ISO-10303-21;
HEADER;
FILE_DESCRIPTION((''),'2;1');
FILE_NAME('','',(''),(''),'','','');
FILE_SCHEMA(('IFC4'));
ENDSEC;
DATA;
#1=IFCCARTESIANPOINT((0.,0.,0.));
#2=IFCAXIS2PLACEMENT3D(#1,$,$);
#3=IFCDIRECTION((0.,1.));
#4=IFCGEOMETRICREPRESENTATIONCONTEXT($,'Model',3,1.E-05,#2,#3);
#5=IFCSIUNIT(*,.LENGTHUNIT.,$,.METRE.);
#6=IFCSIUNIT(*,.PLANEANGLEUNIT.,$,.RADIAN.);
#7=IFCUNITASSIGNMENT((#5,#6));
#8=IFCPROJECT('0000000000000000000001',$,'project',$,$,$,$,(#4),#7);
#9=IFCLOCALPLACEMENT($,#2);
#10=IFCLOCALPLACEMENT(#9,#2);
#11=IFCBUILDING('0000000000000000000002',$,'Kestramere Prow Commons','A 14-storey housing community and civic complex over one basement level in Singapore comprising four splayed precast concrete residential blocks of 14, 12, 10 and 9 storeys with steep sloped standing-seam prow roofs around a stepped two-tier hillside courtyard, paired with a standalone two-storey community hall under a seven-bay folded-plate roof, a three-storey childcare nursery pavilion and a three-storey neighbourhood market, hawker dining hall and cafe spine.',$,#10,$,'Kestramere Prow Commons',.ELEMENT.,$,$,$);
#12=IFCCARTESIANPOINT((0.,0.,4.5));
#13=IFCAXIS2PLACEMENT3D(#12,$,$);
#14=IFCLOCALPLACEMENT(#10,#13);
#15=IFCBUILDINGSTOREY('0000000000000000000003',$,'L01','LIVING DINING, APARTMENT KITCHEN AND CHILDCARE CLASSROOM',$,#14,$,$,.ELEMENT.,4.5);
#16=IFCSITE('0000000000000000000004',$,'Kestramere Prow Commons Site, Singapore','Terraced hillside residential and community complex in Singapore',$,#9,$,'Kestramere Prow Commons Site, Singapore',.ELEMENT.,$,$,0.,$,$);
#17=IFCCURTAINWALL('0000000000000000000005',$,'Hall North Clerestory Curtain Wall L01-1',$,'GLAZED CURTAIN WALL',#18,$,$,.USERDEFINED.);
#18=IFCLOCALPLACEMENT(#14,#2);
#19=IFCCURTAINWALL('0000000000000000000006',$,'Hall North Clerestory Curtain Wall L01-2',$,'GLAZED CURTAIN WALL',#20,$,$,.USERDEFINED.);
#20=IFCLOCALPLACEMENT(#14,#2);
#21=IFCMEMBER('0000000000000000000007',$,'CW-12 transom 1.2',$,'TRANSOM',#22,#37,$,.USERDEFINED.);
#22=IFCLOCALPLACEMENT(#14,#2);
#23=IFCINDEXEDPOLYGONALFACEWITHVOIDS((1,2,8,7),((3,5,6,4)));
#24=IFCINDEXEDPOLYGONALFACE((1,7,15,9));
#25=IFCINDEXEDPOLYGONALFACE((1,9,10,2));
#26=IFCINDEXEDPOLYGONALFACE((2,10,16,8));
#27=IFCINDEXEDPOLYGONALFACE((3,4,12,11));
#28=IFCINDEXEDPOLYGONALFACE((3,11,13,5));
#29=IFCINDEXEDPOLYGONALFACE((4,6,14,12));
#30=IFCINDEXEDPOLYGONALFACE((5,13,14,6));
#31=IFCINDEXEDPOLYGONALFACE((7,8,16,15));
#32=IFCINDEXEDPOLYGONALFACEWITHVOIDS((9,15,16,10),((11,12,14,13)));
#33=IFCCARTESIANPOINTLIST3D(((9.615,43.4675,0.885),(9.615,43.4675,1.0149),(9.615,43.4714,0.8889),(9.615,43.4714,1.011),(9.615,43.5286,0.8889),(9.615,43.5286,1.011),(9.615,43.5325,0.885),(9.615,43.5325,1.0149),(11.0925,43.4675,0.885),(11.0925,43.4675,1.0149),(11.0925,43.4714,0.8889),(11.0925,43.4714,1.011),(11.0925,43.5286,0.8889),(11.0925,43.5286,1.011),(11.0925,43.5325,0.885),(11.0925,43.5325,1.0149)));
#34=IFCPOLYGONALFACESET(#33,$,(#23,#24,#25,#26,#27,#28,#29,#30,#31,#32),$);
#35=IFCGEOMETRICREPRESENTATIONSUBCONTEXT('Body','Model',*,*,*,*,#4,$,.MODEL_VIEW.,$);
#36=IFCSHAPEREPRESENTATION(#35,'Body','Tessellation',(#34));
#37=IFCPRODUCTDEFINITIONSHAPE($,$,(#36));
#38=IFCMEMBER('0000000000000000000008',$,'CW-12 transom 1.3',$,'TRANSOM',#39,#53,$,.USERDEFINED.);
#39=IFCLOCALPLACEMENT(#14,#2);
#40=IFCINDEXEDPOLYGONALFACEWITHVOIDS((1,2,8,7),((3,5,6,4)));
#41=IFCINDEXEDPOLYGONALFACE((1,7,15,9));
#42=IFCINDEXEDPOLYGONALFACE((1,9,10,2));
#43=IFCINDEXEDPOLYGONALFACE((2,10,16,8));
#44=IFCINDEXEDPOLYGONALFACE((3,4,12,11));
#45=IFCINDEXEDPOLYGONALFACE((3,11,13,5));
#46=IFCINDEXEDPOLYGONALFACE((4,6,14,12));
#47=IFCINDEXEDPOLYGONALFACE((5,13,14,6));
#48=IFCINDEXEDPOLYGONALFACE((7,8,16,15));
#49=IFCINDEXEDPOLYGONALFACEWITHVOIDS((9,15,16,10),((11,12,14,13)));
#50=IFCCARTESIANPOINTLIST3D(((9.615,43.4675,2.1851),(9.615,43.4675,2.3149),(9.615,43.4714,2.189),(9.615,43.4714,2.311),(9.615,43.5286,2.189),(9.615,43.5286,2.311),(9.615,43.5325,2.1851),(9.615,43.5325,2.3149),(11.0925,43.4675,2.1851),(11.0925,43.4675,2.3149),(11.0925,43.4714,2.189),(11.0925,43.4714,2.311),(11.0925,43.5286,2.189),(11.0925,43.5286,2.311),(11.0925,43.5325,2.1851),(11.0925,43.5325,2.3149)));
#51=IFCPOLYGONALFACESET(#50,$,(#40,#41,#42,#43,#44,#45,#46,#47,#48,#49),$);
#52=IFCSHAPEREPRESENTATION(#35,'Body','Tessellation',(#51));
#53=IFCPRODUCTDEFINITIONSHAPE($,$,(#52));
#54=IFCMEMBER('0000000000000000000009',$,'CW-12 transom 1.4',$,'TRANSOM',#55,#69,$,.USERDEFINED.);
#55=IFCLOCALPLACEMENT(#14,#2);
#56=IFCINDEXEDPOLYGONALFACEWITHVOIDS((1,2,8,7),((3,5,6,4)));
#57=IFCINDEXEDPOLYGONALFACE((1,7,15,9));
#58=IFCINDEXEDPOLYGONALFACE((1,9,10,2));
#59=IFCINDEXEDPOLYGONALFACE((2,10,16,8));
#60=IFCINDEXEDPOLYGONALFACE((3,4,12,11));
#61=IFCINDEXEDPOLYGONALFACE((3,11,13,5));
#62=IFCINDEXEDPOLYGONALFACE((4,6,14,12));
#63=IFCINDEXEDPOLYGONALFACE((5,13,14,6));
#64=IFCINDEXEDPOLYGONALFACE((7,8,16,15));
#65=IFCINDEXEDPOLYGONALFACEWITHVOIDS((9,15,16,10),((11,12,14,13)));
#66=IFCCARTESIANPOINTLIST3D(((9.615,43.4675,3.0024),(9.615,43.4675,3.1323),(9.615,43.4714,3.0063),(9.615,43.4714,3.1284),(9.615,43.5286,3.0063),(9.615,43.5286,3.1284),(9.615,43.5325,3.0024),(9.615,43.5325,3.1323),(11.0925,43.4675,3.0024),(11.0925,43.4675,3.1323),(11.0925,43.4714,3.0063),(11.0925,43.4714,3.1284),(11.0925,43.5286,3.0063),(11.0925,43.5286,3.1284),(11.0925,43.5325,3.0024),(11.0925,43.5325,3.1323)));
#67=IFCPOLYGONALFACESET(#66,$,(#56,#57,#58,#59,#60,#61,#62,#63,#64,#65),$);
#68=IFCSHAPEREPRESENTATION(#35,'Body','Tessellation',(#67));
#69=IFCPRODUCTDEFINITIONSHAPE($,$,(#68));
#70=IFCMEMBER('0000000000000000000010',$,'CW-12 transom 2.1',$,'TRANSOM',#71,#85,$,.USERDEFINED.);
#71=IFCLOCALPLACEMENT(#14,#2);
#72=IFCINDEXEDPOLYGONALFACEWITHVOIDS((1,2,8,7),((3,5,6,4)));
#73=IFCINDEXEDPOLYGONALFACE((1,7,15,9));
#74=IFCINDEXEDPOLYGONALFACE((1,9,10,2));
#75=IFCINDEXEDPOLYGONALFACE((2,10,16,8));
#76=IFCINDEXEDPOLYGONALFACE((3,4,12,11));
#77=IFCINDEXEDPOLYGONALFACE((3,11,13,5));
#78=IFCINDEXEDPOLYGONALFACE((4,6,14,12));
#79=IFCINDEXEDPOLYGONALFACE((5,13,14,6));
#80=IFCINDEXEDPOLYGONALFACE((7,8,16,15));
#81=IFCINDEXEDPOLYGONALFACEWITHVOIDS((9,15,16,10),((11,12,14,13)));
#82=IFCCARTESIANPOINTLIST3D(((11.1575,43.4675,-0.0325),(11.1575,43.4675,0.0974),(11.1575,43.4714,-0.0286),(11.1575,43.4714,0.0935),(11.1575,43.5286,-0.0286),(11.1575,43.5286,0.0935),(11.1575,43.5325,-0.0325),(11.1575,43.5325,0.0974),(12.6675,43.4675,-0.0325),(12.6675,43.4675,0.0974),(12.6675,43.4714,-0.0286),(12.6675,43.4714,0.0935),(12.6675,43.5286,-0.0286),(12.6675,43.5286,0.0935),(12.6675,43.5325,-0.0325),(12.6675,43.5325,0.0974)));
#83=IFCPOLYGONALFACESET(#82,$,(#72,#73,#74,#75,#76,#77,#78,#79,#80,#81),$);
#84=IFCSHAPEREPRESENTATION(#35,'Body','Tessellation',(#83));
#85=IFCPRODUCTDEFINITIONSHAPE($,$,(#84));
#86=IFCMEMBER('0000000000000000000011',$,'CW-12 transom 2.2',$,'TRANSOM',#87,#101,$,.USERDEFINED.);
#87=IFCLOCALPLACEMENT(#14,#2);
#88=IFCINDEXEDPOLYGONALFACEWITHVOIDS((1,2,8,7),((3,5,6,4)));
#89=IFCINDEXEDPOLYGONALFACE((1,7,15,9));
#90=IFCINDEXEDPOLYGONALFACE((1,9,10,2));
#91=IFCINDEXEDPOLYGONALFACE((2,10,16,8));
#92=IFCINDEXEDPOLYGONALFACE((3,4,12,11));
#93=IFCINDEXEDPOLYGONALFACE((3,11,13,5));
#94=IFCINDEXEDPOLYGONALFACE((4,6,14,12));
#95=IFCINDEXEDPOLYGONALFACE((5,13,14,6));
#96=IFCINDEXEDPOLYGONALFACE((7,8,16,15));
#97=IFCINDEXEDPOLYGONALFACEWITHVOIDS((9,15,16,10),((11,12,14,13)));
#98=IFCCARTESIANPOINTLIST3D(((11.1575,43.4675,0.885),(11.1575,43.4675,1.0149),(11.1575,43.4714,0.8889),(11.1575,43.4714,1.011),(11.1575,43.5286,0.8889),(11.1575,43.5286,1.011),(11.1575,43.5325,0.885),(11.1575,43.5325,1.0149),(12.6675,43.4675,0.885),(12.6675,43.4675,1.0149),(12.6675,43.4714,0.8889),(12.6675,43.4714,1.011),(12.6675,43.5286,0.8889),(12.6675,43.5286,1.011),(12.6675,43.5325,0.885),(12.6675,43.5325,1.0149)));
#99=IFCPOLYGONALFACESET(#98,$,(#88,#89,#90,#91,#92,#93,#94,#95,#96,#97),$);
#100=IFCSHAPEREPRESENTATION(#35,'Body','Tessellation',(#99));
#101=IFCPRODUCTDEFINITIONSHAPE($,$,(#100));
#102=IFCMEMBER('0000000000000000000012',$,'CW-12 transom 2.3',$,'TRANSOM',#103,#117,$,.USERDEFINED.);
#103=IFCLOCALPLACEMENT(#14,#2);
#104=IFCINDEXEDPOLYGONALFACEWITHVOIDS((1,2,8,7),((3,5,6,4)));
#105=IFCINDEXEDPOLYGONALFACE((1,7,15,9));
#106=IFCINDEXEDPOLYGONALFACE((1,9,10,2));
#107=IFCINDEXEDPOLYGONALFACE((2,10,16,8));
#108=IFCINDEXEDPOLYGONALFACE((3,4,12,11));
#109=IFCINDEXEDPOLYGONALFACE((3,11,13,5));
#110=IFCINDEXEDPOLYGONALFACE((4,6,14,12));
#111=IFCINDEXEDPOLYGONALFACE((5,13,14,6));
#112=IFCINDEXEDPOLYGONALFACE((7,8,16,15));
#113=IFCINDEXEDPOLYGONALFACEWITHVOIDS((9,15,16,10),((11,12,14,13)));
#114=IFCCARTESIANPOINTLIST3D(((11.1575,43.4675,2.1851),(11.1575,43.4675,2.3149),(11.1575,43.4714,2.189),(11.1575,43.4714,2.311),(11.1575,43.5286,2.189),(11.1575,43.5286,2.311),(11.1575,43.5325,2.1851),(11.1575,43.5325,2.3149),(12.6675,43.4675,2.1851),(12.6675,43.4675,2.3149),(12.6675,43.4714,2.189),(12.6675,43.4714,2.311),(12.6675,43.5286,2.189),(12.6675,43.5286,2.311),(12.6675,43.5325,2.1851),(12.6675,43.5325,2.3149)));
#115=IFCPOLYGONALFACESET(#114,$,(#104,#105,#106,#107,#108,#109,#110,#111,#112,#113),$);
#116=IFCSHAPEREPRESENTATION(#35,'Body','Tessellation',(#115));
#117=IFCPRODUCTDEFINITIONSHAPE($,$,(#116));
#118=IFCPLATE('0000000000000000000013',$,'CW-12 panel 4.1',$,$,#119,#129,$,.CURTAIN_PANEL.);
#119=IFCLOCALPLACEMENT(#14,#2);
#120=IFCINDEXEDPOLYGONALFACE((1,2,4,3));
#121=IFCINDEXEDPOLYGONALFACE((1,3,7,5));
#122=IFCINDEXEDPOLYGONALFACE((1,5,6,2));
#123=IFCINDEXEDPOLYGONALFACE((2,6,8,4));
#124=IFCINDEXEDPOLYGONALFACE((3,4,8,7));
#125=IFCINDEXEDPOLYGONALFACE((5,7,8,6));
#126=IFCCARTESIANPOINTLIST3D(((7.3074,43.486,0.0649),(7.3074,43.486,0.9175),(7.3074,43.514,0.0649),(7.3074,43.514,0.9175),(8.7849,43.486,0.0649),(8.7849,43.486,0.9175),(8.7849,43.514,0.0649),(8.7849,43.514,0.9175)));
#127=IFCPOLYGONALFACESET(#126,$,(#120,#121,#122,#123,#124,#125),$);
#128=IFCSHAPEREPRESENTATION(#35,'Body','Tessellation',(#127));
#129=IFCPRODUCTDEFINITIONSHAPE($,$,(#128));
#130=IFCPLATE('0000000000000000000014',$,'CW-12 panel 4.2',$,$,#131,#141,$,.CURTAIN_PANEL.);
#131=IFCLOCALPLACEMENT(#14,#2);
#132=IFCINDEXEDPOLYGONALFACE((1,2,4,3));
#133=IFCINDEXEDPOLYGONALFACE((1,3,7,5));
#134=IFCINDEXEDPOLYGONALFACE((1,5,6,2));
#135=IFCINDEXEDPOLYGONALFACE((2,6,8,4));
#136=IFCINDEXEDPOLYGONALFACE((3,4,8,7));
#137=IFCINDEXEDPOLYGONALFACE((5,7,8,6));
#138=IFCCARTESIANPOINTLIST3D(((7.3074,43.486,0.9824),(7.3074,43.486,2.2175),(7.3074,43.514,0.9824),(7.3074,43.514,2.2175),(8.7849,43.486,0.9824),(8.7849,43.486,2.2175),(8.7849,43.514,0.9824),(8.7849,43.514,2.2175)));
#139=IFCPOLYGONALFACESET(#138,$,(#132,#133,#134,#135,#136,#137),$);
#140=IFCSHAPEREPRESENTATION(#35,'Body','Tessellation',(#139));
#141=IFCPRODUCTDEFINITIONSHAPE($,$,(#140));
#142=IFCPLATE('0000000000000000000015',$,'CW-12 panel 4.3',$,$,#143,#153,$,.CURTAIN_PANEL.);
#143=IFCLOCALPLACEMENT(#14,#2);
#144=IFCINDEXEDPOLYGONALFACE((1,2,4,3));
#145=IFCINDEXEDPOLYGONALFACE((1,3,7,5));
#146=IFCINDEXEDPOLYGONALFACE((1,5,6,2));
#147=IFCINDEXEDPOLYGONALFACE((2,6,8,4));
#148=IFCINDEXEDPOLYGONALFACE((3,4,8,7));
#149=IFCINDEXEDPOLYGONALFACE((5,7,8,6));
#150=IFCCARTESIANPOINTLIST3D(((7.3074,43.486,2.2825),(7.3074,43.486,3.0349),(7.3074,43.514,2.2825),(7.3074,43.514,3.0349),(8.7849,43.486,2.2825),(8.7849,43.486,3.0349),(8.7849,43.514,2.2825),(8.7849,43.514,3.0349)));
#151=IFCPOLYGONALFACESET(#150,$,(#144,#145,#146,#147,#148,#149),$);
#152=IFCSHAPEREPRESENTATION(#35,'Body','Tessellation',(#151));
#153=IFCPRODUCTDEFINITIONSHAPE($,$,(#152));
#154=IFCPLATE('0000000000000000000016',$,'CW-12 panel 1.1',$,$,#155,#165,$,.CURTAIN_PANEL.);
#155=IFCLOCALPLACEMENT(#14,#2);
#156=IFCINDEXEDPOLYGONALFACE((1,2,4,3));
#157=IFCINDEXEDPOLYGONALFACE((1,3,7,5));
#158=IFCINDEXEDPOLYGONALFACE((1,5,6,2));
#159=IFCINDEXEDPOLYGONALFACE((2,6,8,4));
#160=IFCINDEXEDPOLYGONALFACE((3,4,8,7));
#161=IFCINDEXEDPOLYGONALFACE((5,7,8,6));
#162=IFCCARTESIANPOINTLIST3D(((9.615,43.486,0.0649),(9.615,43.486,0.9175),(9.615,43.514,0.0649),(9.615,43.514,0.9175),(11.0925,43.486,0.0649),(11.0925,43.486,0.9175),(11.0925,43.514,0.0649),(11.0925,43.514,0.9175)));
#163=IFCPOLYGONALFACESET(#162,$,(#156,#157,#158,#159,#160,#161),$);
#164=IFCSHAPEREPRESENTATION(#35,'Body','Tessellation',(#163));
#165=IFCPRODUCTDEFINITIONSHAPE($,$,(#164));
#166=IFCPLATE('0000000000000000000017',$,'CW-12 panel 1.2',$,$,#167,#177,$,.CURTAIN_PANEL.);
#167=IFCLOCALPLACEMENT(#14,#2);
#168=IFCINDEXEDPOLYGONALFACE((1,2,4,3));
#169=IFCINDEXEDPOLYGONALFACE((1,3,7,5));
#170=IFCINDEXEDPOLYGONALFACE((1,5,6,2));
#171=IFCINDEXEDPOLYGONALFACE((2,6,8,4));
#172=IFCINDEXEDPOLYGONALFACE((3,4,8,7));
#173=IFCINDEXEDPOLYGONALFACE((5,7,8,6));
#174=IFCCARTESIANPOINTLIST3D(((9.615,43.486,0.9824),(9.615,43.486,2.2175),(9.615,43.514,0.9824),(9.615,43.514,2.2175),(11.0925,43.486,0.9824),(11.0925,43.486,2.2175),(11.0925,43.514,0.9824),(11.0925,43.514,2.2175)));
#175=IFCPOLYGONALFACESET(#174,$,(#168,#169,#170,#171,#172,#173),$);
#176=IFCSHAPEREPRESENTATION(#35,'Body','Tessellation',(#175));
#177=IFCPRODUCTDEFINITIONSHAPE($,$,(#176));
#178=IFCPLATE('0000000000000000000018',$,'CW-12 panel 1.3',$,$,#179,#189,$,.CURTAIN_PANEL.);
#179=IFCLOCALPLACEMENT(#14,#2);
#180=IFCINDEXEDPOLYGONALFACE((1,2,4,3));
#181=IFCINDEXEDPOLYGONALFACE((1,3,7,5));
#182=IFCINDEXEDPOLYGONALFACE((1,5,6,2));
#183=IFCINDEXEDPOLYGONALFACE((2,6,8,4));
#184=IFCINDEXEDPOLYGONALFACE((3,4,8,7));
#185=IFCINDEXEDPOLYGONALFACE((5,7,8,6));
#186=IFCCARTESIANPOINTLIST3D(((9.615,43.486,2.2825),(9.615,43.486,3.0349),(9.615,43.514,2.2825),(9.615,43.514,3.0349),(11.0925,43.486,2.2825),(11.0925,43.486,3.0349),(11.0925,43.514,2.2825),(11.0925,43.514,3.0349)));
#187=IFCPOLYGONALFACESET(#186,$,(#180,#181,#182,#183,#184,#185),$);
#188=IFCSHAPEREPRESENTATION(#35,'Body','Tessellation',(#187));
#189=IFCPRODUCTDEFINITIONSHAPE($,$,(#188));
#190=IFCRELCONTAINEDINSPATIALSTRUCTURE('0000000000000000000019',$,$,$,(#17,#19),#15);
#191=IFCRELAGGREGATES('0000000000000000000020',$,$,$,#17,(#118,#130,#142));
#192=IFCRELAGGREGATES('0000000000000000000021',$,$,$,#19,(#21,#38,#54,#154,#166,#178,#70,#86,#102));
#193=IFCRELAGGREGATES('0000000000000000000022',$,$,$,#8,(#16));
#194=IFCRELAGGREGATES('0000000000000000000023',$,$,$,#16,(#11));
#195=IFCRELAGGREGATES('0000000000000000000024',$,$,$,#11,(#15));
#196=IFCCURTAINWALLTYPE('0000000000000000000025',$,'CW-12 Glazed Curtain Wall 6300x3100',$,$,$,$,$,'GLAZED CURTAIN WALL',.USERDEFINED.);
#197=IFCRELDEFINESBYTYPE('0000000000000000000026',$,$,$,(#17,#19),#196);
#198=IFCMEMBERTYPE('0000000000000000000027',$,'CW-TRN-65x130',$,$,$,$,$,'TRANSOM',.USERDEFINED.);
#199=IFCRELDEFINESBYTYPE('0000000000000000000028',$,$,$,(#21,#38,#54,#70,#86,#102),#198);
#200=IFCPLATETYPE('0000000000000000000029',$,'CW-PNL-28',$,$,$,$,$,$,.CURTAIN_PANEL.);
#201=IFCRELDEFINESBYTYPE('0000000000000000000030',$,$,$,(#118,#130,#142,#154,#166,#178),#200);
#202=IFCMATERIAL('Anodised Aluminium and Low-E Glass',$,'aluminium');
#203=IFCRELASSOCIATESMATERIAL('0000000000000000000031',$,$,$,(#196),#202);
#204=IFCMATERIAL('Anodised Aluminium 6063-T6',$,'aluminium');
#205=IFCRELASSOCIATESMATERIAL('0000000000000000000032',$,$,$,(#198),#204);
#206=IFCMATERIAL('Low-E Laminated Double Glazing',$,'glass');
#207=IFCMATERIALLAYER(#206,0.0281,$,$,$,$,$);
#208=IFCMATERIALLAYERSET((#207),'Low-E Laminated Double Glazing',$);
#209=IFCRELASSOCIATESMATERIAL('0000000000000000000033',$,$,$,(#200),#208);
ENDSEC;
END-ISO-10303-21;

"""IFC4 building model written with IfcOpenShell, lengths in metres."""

from ifc_helpers import new_model, si_unit, direction, frame, origin, origin_2d, place, context, subcontext, project, spatial, rectangle, hollow_rectangle, extrude, material, layer, layer_set, material_profile, profile_set, type_object, element, aggregate, save


model = new_model("IFC4")

# Units and contexts
model_context = context("Model", 3, precision=1e-05, world=origin(), true_north=direction((0.0, 1.0)))
body_context = subcontext(model_context, "Body", "Model", "MODEL_VIEW")
ifc_project = project(units=[si_unit("LENGTHUNIT", "METRE"), si_unit("PLANEANGLEUNIT", "RADIAN")], contexts=[model_context])

# Site, building, storey
site_placement = place(None, origin())
site = spatial("IfcSite", under=ifc_project, at=site_placement, Name="Kestramere Prow Commons Site, Singapore", Description="Terraced hillside residential and community complex in Singapore", LongName="Kestramere Prow Commons Site, Singapore", CompositionType="ELEMENT", RefElevation=0.0)
building_placement = place(site_placement, origin())
building = spatial("IfcBuilding", under=site, at=building_placement, Name="Kestramere Prow Commons", Description="A 14-storey housing community and civic complex over one basement level in Singapore comprising four splayed precast concrete residential blocks of 14, 12, 10 and 9 storeys with steep sloped standing-seam prow roofs around a stepped two-tier hillside courtyard, paired with a standalone two-storey community hall under a seven-bay folded-plate roof, a three-storey childcare nursery pavilion and a three-storey neighbourhood market, hawker dining hall and cafe spine.", LongName="Kestramere Prow Commons", CompositionType="ELEMENT")
storey_placement = place(building_placement, frame((0.0, 0.0, 4.5)))
storey = spatial("IfcBuildingStorey", under=building, at=storey_placement, Name="L01", Description="LIVING DINING, APARTMENT KITCHEN AND CHILDCARE CLASSROOM", CompositionType="ELEMENT", Elevation=4.5)

# Curtain wall
ifc_material_1 = material(Name="Anodised Aluminium and Low-E Glass", Category="aluminium")
curtain_wall_type = type_object("IfcCurtainWallType", Name="CW-12 Glazed Curtain Wall 6300x3100", ElementType="GLAZED CURTAIN WALL", PredefinedType="USERDEFINED", material=ifc_material_1)
curtain_wall_1_placement = place(storey_placement, origin())
curtain_wall_1 = element("IfcCurtainWall", 1, at=curtain_wall_1_placement, inside=storey, type_object=curtain_wall_type, Name="Hall North Clerestory Curtain Wall L01-1", ObjectType="GLAZED CURTAIN WALL", PredefinedType="USERDEFINED")
ifc_material_2 = material(Name="Anodised Aluminium 6063-T6", Category="aluminium")

# Curtain wall
curtain_wall_2_placement = place(storey_placement, origin())
curtain_wall_2 = element("IfcCurtainWall", 2, at=curtain_wall_2_placement, inside=storey, type_object=curtain_wall_type, Name="Hall North Clerestory Curtain Wall L01-2", ObjectType="GLAZED CURTAIN WALL", PredefinedType="USERDEFINED")

# Members
ifc_material_profile_1 = material_profile(ifc_material_2, hollow_rectangle(XDim=0.0649, YDim=0.1299, WallThickness=0.0039, at=origin_2d()), Name="ALU-TRN 65x130")
ifc_profile_set_1 = profile_set([ifc_material_profile_1], Name="Anodised Aluminium 6063-T6")
member_type_1 = type_object("IfcMemberType", Name="CW-TRN-65x130", ElementType="TRANSOM", PredefinedType="USERDEFINED", material=ifc_profile_set_1)
member_1_placement = place(storey_placement, frame((9.615, 43.5, 0.95), z_axis=(1.0, 0.0, 0.0), x_axis=(0.0, 1.0, 0.0)))
member_1 = element("IfcMember", 3, at=member_1_placement, type_object=member_type_1, Name="CW-12 transom 1.2", ObjectType="TRANSOM", PredefinedType="USERDEFINED", context=body_context, shape_type="SweptSolid", body=[
    extrude(hollow_rectangle(XDim=0.0649, YDim=0.1299, WallThickness=0.0039, at=origin_2d()), origin(), (0.0, 0.0, 1.0), 1.4775),
])
member_2_placement = place(storey_placement, frame((9.615, 43.5, 2.25), z_axis=(1.0, 0.0, 0.0), x_axis=(0.0, 1.0, 0.0)))
member_2 = element("IfcMember", 4, at=member_2_placement, type_object=member_type_1, Name="CW-12 transom 1.3", ObjectType="TRANSOM", PredefinedType="USERDEFINED", context=body_context, shape_type="SweptSolid", body=[
    extrude(hollow_rectangle(XDim=0.0649, YDim=0.1299, WallThickness=0.0039, at=origin_2d()), origin(), (0.0, 0.0, 1.0), 1.4775),
])
member_3_placement = place(storey_placement, frame((9.615, 43.5, 3.0674), z_axis=(1.0, 0.0, 0.0), x_axis=(0.0, 1.0, 0.0)))
member_3 = element("IfcMember", 5, at=member_3_placement, type_object=member_type_1, Name="CW-12 transom 1.4", ObjectType="TRANSOM", PredefinedType="USERDEFINED", context=body_context, shape_type="SweptSolid", body=[
    extrude(hollow_rectangle(XDim=0.0649, YDim=0.1299, WallThickness=0.0039, at=origin_2d()), origin(), (0.0, 0.0, 1.0), 1.4775),
])
member_4_placement = place(storey_placement, frame((11.1575, 43.5, 0.0325), z_axis=(1.0, 0.0, 0.0), x_axis=(0.0, 1.0, 0.0)))
member_4 = element("IfcMember", 6, at=member_4_placement, type_object=member_type_1, Name="CW-12 transom 2.1", ObjectType="TRANSOM", PredefinedType="USERDEFINED", context=body_context, shape_type="SweptSolid", body=[
    extrude(hollow_rectangle(XDim=0.0649, YDim=0.1299, WallThickness=0.0039, at=origin_2d()), origin(), (0.0, 0.0, 1.0), 1.51),
])
member_5_placement = place(storey_placement, frame((11.1575, 43.5, 0.95), z_axis=(1.0, 0.0, 0.0), x_axis=(0.0, 1.0, 0.0)))
member_5 = element("IfcMember", 7, at=member_5_placement, type_object=member_type_1, Name="CW-12 transom 2.2", ObjectType="TRANSOM", PredefinedType="USERDEFINED", context=body_context, shape_type="SweptSolid", body=[
    extrude(hollow_rectangle(XDim=0.0649, YDim=0.1299, WallThickness=0.0039, at=origin_2d()), origin(), (0.0, 0.0, 1.0), 1.51),
])
member_6_placement = place(storey_placement, frame((11.1575, 43.5, 2.25), z_axis=(1.0, 0.0, 0.0), x_axis=(0.0, 1.0, 0.0)))
member_6 = element("IfcMember", 8, at=member_6_placement, type_object=member_type_1, Name="CW-12 transom 2.3", ObjectType="TRANSOM", PredefinedType="USERDEFINED", context=body_context, shape_type="SweptSolid", body=[
    extrude(hollow_rectangle(XDim=0.0649, YDim=0.1299, WallThickness=0.0039, at=origin_2d()), origin(), (0.0, 0.0, 1.0), 1.51),
])

# Plates
ifc_material_3 = material(Name="Low-E Laminated Double Glazing", Category="glass")
ifc_layer = layer(ifc_material_3, 0.0281)
ifc_layer_set = layer_set([ifc_layer], Name="Low-E Laminated Double Glazing")
plate_type = type_object("IfcPlateType", Name="CW-PNL-28", PredefinedType="CURTAIN_PANEL", material=ifc_layer_set)
plate_1_placement = place(storey_placement, frame((8.0461, 43.5, 0.0649), z_axis=(0.0, 0.0, 1.0), x_axis=(1.0, 0.0, 0.0)))
plate_1 = element("IfcPlate", 9, at=plate_1_placement, type_object=plate_type, Name="CW-12 panel 4.1", PredefinedType="CURTAIN_PANEL", context=body_context, shape_type="SweptSolid", body=[
    extrude(rectangle(XDim=1.4775, YDim=0.0281, at=origin_2d()), origin(), (0.0, 0.0, 1.0), 0.8525),
])
plate_2_placement = place(storey_placement, frame((8.0461, 43.5, 0.9824), z_axis=(0.0, 0.0, 1.0), x_axis=(1.0, 0.0, 0.0)))
plate_2 = element("IfcPlate", 10, at=plate_2_placement, type_object=plate_type, Name="CW-12 panel 4.2", PredefinedType="CURTAIN_PANEL", context=body_context, shape_type="SweptSolid", body=[
    extrude(rectangle(XDim=1.4775, YDim=0.0281, at=origin_2d()), origin(), (0.0, 0.0, 1.0), 1.2351),
])
plate_3_placement = place(storey_placement, frame((8.0461, 43.5, 2.2825), z_axis=(0.0, 0.0, 1.0), x_axis=(1.0, 0.0, 0.0)))
plate_3 = element("IfcPlate", 11, at=plate_3_placement, type_object=plate_type, Name="CW-12 panel 4.3", PredefinedType="CURTAIN_PANEL", context=body_context, shape_type="SweptSolid", body=[
    extrude(rectangle(XDim=1.4775, YDim=0.0281, at=origin_2d()), origin(), (0.0, 0.0, 1.0), 0.7524),
])
aggregate(curtain_wall_1, [plate_1, plate_2, plate_3])
plate_4_placement = place(storey_placement, frame((10.3538, 43.5, 0.0649), z_axis=(0.0, 0.0, 1.0), x_axis=(1.0, 0.0, 0.0)))
plate_4 = element("IfcPlate", 12, at=plate_4_placement, type_object=plate_type, Name="CW-12 panel 1.1", PredefinedType="CURTAIN_PANEL", context=body_context, shape_type="SweptSolid", body=[
    extrude(rectangle(XDim=1.4775, YDim=0.0281, at=origin_2d()), origin(), (0.0, 0.0, 1.0), 0.8525),
])
plate_5_placement = place(storey_placement, frame((10.3538, 43.5, 0.9824), z_axis=(0.0, 0.0, 1.0), x_axis=(1.0, 0.0, 0.0)))
plate_5 = element("IfcPlate", 13, at=plate_5_placement, type_object=plate_type, Name="CW-12 panel 1.2", PredefinedType="CURTAIN_PANEL", context=body_context, shape_type="SweptSolid", body=[
    extrude(rectangle(XDim=1.4775, YDim=0.0281, at=origin_2d()), origin(), (0.0, 0.0, 1.0), 1.2351),
])
plate_6_placement = place(storey_placement, frame((10.3538, 43.5, 2.2825), z_axis=(0.0, 0.0, 1.0), x_axis=(1.0, 0.0, 0.0)))
plate_6 = element("IfcPlate", 14, at=plate_6_placement, type_object=plate_type, Name="CW-12 panel 1.3", PredefinedType="CURTAIN_PANEL", context=body_context, shape_type="SweptSolid", body=[
    extrude(rectangle(XDim=1.4775, YDim=0.0281, at=origin_2d()), origin(), (0.0, 0.0, 1.0), 0.7524),
])
aggregate(curtain_wall_2, [member_1, member_2, member_3, plate_4, plate_5, plate_6, member_4, member_5, member_6])

save(model, "model.ifc")
